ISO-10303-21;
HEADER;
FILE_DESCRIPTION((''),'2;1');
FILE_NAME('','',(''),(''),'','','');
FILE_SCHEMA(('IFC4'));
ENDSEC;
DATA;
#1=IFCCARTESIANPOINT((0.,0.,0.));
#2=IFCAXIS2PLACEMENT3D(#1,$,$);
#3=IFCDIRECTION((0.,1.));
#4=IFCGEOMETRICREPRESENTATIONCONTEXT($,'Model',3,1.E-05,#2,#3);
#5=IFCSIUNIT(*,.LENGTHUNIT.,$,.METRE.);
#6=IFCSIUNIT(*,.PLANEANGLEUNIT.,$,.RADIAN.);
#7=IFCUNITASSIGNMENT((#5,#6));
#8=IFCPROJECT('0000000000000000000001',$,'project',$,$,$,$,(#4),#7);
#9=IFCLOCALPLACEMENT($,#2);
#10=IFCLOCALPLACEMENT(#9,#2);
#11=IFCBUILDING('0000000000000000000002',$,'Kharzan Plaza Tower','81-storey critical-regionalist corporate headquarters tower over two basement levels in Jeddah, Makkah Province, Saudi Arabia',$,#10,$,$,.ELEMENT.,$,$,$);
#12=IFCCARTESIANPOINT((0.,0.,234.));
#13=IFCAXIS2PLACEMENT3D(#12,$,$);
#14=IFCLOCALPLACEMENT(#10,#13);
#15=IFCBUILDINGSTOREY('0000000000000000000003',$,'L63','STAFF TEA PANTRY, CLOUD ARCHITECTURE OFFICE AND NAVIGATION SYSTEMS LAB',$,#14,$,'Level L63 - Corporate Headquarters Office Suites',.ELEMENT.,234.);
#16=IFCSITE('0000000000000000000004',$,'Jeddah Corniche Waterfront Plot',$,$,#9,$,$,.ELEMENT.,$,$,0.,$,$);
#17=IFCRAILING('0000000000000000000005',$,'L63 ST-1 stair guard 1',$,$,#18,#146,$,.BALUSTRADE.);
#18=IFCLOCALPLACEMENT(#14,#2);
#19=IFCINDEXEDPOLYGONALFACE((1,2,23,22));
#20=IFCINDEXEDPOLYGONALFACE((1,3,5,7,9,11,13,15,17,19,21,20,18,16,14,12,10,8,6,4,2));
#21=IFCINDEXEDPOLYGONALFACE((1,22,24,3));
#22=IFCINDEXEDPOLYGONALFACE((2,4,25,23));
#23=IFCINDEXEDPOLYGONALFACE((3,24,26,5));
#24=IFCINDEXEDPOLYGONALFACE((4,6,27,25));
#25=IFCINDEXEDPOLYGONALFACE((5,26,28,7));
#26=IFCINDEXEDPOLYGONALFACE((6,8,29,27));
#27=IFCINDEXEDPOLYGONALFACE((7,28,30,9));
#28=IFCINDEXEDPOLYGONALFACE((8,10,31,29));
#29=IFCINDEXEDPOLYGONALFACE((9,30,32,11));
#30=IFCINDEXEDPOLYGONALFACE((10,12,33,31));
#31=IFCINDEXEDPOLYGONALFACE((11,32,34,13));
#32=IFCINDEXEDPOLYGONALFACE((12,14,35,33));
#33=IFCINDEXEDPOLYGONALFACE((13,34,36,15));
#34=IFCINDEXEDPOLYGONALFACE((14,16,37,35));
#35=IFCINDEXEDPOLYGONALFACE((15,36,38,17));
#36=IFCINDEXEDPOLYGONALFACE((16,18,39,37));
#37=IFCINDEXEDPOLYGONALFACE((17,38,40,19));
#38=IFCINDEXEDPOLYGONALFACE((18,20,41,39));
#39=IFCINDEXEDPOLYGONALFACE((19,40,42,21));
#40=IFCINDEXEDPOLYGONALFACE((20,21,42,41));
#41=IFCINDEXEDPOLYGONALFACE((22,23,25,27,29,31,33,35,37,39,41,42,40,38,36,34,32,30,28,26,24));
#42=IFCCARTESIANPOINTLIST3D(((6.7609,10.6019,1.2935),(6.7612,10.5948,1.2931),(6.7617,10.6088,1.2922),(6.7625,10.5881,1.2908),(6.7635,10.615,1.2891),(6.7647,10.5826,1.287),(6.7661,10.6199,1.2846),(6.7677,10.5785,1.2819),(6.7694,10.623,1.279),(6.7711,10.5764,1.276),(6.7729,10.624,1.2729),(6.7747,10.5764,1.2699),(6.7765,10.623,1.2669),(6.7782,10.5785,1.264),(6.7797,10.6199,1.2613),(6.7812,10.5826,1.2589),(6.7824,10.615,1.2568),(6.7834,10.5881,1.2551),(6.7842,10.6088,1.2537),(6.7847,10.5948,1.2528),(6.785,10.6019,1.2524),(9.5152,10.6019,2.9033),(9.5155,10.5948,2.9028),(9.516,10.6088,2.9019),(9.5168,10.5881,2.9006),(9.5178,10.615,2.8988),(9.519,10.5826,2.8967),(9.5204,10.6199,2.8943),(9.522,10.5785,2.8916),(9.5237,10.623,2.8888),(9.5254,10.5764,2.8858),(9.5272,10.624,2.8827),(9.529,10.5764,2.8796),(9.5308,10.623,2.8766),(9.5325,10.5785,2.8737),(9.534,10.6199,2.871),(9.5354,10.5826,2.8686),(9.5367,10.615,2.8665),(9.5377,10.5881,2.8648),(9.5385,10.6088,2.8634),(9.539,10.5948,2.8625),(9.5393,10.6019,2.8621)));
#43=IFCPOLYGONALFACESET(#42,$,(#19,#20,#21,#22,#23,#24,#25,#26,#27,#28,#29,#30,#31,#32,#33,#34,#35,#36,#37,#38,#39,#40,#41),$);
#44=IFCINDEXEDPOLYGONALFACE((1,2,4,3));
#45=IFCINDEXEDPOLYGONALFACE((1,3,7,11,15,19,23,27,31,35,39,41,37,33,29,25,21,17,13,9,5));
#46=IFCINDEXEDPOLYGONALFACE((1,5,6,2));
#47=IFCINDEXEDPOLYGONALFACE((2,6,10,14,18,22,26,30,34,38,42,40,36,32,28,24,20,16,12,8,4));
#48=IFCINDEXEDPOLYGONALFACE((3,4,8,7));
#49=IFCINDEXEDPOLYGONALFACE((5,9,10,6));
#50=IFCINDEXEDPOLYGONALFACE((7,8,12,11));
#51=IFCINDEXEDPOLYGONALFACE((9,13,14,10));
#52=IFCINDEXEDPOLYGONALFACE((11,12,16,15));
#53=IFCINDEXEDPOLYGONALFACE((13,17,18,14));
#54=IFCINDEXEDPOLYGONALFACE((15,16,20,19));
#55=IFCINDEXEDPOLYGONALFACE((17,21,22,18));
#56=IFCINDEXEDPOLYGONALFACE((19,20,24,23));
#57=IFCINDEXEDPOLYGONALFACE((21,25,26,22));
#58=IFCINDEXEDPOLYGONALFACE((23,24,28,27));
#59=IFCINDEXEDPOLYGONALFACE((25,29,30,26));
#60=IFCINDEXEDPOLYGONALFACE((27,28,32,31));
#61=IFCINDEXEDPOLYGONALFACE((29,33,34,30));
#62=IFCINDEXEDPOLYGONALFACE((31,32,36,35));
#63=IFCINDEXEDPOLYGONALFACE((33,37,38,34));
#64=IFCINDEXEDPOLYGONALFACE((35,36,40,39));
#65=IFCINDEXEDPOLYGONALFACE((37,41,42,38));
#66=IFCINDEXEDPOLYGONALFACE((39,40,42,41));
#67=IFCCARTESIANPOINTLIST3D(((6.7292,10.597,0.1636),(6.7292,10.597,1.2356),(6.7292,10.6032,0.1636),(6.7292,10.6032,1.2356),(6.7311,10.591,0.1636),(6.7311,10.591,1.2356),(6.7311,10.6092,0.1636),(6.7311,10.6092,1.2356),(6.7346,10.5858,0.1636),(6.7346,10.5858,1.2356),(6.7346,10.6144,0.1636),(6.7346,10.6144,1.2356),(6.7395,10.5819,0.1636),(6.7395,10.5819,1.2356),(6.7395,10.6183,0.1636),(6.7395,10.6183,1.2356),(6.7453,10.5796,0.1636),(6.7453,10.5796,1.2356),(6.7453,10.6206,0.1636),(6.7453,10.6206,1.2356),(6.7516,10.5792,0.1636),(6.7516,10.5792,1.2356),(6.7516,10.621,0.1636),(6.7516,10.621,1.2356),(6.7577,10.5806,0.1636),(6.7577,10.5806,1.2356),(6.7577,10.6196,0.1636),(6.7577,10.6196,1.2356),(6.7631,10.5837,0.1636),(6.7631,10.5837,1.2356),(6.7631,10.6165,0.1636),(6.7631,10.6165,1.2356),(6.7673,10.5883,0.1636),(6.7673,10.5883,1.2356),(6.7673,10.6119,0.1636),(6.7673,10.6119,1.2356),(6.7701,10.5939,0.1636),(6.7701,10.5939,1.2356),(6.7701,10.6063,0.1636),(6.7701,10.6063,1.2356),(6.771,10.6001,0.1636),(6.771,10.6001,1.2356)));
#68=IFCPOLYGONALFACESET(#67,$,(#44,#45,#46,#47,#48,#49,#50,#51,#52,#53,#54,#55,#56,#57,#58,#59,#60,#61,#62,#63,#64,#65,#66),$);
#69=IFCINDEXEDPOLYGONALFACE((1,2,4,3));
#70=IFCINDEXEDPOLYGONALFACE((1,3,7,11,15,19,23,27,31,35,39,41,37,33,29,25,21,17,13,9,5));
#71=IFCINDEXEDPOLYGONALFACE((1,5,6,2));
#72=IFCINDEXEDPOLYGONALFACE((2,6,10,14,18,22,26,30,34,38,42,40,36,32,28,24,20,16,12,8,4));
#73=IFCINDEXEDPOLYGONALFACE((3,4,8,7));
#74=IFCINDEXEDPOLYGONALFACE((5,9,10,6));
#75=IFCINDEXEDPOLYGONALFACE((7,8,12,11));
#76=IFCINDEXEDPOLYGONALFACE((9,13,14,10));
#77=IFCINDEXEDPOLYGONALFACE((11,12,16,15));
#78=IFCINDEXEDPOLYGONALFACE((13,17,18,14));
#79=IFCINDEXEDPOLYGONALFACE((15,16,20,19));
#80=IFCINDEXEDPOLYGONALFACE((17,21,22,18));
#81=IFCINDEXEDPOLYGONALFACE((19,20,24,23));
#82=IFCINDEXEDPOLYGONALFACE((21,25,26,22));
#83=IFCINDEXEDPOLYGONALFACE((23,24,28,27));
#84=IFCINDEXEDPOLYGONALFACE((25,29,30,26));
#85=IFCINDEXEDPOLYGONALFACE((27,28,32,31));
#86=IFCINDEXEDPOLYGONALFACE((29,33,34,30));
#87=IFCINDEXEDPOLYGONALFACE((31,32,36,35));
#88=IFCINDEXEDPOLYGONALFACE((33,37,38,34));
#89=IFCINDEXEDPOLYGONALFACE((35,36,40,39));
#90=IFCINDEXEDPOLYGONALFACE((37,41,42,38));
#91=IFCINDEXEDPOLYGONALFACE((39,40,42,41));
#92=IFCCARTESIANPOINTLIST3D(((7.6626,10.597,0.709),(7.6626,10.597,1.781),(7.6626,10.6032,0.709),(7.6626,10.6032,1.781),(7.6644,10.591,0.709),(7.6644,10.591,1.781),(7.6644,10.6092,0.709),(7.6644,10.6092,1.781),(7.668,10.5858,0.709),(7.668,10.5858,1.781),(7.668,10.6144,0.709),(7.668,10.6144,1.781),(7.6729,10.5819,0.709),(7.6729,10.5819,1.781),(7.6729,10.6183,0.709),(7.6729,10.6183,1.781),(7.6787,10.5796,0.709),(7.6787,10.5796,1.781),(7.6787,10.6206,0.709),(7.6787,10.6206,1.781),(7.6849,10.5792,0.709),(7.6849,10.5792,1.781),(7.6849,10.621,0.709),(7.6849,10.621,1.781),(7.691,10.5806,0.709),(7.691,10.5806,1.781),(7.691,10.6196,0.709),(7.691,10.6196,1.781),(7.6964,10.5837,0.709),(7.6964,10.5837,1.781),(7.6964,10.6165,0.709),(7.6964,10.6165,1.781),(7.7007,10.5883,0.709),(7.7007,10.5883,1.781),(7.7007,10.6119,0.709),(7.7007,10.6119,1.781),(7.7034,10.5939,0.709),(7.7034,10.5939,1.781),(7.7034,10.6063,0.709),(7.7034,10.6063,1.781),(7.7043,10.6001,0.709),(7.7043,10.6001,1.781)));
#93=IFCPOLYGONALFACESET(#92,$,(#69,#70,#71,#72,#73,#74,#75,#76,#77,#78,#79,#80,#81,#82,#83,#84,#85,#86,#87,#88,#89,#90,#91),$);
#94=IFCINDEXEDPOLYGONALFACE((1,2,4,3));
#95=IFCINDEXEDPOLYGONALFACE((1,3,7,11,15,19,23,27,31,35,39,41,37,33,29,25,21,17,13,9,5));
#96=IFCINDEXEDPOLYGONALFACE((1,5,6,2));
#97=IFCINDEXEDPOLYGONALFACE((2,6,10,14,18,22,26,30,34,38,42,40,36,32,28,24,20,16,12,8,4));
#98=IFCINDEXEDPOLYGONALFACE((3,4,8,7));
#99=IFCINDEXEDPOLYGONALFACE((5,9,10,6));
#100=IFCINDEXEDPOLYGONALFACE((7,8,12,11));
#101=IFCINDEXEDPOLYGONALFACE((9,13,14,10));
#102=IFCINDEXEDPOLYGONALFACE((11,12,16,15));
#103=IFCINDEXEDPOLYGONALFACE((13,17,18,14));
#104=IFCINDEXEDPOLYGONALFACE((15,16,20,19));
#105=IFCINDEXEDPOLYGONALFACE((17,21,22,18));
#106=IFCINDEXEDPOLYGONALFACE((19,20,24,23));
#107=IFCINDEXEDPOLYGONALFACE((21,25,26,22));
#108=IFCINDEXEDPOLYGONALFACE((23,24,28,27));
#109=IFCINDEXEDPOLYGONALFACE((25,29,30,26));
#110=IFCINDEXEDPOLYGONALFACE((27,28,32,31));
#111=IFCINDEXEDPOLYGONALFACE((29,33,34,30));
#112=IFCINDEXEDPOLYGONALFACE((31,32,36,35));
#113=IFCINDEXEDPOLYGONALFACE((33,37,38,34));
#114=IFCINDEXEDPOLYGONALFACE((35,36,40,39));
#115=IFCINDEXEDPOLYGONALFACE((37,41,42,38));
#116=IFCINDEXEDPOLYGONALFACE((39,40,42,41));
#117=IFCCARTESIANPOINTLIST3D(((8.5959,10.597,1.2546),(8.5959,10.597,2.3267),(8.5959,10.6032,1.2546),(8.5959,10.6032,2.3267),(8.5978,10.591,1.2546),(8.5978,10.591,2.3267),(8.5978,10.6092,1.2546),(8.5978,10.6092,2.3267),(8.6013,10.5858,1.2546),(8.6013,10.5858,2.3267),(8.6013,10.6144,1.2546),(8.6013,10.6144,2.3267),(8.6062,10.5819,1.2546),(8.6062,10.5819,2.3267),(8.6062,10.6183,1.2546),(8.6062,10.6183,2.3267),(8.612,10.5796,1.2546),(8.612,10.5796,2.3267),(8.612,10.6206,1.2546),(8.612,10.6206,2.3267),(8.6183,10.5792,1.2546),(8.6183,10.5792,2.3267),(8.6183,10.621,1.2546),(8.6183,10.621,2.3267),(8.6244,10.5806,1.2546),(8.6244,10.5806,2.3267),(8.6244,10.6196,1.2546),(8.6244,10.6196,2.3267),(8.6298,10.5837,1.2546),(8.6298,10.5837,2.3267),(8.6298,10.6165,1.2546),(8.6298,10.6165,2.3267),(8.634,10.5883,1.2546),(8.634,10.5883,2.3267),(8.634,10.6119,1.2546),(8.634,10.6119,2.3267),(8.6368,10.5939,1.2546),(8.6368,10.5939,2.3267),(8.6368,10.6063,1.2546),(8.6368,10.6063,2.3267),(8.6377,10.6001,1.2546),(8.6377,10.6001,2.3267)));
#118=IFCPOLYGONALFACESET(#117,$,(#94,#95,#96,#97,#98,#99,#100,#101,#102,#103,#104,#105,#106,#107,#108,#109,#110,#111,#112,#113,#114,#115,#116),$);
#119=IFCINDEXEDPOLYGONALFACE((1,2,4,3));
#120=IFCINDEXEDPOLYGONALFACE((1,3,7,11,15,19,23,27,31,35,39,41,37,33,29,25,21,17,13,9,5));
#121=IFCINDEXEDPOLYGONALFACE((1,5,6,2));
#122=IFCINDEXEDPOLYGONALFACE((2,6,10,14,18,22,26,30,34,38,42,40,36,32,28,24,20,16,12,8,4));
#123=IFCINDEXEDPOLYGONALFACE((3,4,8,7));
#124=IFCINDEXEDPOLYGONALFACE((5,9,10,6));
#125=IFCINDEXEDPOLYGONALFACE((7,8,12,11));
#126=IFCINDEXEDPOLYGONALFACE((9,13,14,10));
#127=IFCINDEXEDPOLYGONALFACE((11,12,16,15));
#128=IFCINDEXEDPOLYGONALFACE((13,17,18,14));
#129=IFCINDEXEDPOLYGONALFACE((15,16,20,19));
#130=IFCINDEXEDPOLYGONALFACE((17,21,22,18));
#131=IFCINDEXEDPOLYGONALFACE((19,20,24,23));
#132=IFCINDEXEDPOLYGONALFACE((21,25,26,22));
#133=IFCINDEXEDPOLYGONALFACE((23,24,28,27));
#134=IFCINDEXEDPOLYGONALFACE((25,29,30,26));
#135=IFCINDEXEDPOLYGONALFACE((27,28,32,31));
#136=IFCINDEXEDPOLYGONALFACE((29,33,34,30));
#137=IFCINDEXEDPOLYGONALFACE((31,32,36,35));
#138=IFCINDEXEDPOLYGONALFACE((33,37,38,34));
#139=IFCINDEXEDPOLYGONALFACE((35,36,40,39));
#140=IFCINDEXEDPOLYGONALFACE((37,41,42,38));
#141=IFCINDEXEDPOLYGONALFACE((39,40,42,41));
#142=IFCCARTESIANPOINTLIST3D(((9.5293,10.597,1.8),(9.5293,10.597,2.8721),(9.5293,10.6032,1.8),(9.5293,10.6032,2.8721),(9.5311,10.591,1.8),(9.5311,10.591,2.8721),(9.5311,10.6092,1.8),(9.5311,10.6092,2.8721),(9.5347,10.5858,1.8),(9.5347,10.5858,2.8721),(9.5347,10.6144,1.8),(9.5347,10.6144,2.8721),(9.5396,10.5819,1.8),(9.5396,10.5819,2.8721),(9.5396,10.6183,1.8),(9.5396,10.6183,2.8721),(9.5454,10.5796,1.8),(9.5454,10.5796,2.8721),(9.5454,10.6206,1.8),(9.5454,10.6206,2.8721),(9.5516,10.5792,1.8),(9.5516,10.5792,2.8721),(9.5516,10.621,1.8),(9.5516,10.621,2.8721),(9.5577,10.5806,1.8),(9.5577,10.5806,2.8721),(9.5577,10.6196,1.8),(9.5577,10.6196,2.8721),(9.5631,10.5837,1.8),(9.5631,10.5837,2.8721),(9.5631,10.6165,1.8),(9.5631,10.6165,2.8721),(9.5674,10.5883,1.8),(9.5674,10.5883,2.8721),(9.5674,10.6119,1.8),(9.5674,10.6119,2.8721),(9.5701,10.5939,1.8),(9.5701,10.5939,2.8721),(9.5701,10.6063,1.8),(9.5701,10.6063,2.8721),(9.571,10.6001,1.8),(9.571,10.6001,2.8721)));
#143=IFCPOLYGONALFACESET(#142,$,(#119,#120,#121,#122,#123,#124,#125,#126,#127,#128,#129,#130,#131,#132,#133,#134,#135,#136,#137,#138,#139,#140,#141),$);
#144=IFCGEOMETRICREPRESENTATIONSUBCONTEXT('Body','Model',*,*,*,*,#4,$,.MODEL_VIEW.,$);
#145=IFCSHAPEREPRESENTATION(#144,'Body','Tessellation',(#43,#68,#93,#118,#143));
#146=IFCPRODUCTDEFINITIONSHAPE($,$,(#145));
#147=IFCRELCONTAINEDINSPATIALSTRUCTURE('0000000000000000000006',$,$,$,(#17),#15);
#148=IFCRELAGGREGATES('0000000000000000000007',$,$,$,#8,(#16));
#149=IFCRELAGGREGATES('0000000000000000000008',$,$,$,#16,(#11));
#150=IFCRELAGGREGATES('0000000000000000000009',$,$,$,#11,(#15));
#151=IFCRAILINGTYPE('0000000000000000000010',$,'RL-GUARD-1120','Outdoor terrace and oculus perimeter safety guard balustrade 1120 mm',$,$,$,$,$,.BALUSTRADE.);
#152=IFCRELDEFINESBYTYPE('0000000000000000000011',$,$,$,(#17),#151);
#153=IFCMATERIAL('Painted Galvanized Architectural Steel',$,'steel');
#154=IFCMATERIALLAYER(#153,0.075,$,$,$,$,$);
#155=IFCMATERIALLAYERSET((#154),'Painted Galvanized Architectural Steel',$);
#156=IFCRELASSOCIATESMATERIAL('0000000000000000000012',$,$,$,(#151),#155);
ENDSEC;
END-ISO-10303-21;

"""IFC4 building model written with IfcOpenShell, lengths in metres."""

from ifc_helpers import new_model, si_unit, direction, frame, origin, origin_2d, place, context, subcontext, project, spatial, circle, extrude, source, transform, mapped, material, layer, layer_set, type_object, element, save


model = new_model("IFC4")

# Units and contexts
model_context = context("Model", 3, precision=1e-05, world=origin(), true_north=direction((0.0, 1.0)))
body_context = subcontext(model_context, "Body", "Model", "MODEL_VIEW")
ifc_project = project(units=[si_unit("LENGTHUNIT", "METRE"), si_unit("PLANEANGLEUNIT", "RADIAN")], contexts=[model_context])

# Site, building, storey
site_placement = place(None, origin())
site = spatial("IfcSite", under=ifc_project, at=site_placement, Name="Jeddah Corniche Waterfront Plot", CompositionType="ELEMENT", RefElevation=0.0)
building_placement = place(site_placement, origin())
building = spatial("IfcBuilding", under=site, at=building_placement, Name="Kharzan Plaza Tower", Description="81-storey critical-regionalist corporate headquarters tower over two basement levels in Jeddah, Makkah Province, Saudi Arabia", CompositionType="ELEMENT")
storey_placement = place(building_placement, frame((0.0, 0.0, 234.0)))
storey = spatial("IfcBuildingStorey", under=building, at=storey_placement, Name="L63", Description="STAFF TEA PANTRY, CLOUD ARCHITECTURE OFFICE AND NAVIGATION SYSTEMS LAB", LongName="Level L63 - Corporate Headquarters Office Suites", CompositionType="ELEMENT", Elevation=234.0)

# Railing
ifc_material_1 = material(Name="Painted Galvanized Architectural Steel", Category="steel")
ifc_layer_1 = layer(ifc_material_1, 0.075)
ifc_layer_set_1 = layer_set([ifc_layer_1], Name="Painted Galvanized Architectural Steel")
railing_type_1 = type_object("IfcRailingType", Name="RL-GUARD-1120", Description="Outdoor terrace and oculus perimeter safety guard balustrade 1120 mm", PredefinedType="BALUSTRADE", material=ifc_layer_set_1)
shared_shape_1 = source(origin(), body_context, "Body", "SweptSolid", [
    extrude(circle(Radius=0.0239, at=origin_2d()), frame((0.0229, 0.0, 1.1094), z_axis=(0.863361, 0.0, 0.504587), x_axis=(0.0, 1.0, 0.0)), (0.0, 0.0, 1.0), 3.1902),
    extrude(circle(Radius=0.021, at=origin_2d()), origin(), (0.0, 0.0, 1.0), 1.072),
    extrude(circle(Radius=0.021, at=origin_2d()), frame((0.9333, 0.0, 0.5454)), (0.0, 0.0, 1.0), 1.072),
    extrude(circle(Radius=0.021, at=origin_2d()), frame((1.8667, 0.0, 1.0911)), (0.0, 0.0, 1.0), 1.072),
    extrude(circle(Radius=0.021, at=origin_2d()), frame((2.8, 0.0, 1.6365)), (0.0, 0.0, 1.0), 1.072),
])
railing_1_placement = place(storey_placement, frame((6.75, 10.6001, 0.1636)))
element("IfcRailing", 1, at=railing_1_placement, inside=storey, type_object=railing_type_1, Name="L63 ST-1 stair guard 1", PredefinedType="BALUSTRADE", context=body_context, shape_type="MappedRepresentation", body=[
    mapped(shared_shape_1, transform((0.0, 0.0, 0.0), x_axis=(1.0, 0.0, 0.0), y_axis=(0.0, 1.0, 0.0), z_axis=(0.0, 0.0, 1.0))),
])

save(model, "model.ifc")
